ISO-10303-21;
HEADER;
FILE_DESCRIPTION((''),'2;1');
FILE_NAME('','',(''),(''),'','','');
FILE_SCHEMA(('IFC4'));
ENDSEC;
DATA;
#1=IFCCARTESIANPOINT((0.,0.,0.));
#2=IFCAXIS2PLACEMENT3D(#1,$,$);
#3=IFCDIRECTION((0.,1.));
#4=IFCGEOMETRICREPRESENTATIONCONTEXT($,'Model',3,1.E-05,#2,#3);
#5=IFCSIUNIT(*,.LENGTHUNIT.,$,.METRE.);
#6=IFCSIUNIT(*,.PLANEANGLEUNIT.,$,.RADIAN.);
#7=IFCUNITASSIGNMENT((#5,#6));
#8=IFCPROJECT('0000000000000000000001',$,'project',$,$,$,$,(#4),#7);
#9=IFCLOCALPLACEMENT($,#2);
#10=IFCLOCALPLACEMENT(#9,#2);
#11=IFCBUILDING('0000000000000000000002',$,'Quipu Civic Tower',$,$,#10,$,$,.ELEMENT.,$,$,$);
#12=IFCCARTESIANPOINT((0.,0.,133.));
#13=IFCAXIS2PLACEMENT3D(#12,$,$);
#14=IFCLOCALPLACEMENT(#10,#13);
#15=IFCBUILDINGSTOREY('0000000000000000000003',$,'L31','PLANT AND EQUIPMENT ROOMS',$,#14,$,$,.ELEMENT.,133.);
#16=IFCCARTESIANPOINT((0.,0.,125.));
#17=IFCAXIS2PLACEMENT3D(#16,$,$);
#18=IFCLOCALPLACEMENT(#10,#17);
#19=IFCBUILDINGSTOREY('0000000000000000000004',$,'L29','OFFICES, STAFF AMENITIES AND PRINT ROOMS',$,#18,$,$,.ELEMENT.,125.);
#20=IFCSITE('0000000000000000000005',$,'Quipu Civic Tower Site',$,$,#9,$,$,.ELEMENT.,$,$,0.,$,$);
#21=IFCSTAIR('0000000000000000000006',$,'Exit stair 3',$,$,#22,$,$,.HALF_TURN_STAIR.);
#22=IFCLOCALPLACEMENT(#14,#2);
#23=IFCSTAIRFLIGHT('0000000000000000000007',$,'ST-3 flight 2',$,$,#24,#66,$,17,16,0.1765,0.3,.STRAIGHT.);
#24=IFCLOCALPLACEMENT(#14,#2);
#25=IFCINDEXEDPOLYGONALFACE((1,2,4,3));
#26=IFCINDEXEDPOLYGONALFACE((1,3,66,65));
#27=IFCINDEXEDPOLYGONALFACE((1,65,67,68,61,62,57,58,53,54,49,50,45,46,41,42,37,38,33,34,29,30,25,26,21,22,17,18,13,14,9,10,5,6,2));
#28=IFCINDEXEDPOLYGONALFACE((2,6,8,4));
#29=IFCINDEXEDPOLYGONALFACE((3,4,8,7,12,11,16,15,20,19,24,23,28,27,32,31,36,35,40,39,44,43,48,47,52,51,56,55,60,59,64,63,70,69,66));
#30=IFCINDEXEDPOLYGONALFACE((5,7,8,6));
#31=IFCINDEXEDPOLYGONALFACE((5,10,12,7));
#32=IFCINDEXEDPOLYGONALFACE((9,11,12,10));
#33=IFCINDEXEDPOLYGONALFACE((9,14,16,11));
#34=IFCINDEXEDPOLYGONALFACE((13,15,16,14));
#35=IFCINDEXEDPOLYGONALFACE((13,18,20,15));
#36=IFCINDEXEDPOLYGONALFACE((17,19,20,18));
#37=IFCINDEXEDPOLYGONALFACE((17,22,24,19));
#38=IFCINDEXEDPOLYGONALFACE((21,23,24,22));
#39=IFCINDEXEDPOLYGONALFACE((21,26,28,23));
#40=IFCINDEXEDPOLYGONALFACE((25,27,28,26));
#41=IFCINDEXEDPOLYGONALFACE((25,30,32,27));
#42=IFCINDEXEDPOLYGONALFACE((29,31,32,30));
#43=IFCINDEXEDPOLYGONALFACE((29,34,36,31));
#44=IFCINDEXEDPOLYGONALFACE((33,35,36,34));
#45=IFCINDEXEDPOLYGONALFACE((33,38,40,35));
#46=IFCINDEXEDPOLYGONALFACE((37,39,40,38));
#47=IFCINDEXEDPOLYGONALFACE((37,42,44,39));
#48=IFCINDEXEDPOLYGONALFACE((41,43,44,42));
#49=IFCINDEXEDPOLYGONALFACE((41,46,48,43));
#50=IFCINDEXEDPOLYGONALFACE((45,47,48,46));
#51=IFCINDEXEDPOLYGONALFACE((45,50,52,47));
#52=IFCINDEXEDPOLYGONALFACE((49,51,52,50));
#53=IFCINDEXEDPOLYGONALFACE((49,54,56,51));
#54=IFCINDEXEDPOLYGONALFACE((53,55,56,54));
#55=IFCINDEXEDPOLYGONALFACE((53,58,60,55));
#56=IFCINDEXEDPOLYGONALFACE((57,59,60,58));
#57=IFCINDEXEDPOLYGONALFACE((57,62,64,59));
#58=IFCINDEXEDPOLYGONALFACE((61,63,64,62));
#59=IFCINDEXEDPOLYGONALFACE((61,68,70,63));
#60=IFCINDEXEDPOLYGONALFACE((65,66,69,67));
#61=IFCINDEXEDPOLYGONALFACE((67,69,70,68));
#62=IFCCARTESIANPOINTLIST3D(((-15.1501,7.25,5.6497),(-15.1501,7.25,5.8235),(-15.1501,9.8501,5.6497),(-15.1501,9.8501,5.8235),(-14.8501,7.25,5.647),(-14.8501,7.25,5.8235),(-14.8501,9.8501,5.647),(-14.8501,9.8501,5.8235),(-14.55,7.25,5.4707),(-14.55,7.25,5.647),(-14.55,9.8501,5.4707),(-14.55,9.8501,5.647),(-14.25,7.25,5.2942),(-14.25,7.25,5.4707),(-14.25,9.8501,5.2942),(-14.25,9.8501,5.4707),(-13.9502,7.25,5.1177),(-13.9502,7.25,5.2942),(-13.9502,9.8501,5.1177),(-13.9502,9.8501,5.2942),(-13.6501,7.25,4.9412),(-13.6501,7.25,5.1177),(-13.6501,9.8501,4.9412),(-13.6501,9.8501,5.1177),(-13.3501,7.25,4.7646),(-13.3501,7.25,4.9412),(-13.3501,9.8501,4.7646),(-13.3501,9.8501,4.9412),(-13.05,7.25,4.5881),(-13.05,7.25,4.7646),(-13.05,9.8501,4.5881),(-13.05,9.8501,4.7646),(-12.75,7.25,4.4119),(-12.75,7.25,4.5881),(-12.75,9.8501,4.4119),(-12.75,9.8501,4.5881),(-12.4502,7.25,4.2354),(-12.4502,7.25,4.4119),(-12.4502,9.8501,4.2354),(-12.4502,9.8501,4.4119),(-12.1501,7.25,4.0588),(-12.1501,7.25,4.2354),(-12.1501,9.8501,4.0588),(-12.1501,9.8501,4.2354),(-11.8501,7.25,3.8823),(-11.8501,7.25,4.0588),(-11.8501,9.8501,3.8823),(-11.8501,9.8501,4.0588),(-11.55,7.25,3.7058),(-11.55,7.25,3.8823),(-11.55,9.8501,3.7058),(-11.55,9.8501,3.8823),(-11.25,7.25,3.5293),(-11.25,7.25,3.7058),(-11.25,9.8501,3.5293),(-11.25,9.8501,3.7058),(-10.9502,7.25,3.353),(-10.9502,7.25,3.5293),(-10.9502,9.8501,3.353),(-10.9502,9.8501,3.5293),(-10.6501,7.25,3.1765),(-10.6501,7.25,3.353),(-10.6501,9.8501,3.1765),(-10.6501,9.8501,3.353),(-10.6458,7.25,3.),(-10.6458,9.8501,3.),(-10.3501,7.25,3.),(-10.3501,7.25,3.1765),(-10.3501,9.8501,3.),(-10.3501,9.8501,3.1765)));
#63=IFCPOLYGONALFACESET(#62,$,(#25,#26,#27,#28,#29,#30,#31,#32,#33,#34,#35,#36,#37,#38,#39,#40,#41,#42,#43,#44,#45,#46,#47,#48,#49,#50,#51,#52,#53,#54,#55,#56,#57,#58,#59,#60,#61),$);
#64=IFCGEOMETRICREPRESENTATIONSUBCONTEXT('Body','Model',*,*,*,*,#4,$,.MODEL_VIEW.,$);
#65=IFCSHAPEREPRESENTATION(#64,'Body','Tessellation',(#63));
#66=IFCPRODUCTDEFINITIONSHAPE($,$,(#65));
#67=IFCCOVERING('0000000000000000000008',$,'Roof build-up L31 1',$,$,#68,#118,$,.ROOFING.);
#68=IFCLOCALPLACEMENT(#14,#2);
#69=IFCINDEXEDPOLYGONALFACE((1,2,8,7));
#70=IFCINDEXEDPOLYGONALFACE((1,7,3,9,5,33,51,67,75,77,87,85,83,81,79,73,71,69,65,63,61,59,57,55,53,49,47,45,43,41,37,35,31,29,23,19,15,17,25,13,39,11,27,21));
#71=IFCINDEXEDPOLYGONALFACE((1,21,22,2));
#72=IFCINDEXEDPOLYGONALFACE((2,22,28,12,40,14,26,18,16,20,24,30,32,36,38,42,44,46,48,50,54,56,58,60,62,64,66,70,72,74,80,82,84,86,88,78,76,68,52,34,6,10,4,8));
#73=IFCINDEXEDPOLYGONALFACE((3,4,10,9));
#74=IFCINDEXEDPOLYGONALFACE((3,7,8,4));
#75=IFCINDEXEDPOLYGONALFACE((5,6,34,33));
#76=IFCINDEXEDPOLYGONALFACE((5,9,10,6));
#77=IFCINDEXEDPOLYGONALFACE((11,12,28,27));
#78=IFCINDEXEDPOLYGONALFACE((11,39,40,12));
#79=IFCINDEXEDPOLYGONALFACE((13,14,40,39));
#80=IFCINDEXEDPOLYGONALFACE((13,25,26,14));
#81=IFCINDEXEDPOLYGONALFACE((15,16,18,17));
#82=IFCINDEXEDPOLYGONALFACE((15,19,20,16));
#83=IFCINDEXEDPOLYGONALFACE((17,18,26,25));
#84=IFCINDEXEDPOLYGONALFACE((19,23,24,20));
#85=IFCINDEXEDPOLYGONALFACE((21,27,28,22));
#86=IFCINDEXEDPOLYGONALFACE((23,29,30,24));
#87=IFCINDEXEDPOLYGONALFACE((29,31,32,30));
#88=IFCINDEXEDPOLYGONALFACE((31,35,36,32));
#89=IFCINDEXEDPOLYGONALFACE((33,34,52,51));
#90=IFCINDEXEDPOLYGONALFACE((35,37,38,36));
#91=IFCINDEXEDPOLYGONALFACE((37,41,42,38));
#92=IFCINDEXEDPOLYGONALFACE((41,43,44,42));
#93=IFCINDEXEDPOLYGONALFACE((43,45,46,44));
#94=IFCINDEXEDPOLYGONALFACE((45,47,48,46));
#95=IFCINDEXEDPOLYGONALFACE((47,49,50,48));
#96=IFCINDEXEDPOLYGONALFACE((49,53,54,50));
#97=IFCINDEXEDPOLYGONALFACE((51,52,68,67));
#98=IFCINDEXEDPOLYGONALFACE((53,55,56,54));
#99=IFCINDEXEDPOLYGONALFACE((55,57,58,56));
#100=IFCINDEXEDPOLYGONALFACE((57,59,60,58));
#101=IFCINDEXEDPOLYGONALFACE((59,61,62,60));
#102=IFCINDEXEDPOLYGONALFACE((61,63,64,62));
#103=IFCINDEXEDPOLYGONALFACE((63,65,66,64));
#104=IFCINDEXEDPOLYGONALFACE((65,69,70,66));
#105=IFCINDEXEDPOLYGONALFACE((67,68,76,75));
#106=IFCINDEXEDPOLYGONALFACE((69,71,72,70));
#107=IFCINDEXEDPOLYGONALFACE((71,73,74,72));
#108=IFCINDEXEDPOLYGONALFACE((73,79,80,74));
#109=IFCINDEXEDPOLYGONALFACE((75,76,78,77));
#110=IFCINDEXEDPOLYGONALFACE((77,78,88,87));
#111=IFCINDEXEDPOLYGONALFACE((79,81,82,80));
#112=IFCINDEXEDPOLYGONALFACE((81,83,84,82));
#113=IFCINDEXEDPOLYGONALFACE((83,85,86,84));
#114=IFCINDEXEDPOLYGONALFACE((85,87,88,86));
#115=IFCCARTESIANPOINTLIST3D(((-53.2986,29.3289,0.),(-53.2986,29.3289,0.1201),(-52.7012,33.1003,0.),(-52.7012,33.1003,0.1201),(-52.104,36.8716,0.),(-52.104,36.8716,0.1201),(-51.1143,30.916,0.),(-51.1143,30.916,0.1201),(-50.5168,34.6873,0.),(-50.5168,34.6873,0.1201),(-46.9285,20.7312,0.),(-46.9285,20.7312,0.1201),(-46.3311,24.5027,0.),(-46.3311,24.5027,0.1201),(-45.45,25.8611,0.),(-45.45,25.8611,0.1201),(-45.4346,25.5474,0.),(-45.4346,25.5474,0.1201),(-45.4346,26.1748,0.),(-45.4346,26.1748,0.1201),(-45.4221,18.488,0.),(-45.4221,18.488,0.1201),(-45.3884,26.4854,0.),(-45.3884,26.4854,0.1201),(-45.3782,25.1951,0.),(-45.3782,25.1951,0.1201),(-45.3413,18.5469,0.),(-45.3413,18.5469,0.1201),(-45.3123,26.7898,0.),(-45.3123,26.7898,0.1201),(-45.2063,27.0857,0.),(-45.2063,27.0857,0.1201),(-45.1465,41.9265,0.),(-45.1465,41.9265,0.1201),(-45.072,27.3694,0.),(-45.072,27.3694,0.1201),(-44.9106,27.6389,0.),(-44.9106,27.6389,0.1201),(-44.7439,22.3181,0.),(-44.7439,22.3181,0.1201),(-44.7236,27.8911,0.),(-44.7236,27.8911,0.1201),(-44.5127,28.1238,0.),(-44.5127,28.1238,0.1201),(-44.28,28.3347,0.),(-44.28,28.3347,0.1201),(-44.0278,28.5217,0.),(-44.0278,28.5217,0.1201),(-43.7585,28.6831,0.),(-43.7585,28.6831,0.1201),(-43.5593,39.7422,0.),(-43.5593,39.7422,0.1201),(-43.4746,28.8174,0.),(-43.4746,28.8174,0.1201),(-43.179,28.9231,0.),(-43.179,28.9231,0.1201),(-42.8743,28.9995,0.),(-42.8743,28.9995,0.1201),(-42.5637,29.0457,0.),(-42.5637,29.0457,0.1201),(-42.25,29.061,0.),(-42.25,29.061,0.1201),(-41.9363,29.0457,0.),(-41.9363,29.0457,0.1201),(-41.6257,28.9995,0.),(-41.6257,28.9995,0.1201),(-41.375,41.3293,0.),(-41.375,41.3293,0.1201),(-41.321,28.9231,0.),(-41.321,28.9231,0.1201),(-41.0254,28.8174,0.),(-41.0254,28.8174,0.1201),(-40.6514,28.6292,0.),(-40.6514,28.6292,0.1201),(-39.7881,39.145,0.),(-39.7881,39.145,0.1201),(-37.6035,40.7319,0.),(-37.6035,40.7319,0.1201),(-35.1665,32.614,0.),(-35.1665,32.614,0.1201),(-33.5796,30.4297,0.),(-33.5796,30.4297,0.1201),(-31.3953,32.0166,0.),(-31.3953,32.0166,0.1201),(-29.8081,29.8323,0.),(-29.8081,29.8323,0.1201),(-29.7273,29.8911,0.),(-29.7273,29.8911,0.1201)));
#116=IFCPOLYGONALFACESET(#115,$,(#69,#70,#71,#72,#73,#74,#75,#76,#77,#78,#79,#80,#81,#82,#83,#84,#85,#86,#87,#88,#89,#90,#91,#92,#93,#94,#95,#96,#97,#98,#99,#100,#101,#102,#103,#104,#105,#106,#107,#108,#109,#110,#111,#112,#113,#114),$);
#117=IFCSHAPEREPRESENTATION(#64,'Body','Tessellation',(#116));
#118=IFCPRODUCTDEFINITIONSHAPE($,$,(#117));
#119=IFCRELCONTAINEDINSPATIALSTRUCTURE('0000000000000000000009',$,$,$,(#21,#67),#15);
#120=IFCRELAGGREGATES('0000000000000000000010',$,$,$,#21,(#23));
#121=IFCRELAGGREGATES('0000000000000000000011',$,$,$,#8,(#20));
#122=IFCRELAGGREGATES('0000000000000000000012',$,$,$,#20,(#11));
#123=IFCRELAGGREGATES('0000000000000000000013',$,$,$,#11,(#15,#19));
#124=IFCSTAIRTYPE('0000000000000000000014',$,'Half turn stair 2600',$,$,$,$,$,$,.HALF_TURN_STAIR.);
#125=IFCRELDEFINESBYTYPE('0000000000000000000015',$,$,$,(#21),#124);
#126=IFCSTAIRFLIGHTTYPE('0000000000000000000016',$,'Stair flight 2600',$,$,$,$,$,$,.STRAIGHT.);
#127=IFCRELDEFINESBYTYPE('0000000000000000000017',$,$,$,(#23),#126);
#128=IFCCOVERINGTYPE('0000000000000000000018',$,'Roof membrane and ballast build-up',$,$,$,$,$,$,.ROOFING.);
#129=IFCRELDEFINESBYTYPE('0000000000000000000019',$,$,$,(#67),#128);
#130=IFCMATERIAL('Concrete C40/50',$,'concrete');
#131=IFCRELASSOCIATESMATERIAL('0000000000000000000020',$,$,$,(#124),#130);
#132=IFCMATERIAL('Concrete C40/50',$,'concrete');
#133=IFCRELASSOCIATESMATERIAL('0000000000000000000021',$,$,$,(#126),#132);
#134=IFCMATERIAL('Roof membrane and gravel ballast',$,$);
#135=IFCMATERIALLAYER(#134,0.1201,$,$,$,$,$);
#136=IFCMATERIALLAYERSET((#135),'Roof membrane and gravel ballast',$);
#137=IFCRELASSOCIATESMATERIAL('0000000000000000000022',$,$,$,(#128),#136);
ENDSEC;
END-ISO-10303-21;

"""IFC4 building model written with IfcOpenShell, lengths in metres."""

from ifc_helpers import new_model, si_unit, direction, frame, origin, place, context, subcontext, project, spatial, polyline, outline, extrude, material, layer, layer_set, type_object, element, aggregate, save


model = new_model("IFC4")

# Units and contexts
model_context = context("Model", 3, precision=1e-05, world=origin(), true_north=direction((0.0, 1.0)))
body_context = subcontext(model_context, "Body", "Model", "MODEL_VIEW")
ifc_project = project(units=[si_unit("LENGTHUNIT", "METRE"), si_unit("PLANEANGLEUNIT", "RADIAN")], contexts=[model_context])

# Site, building, storey
site_placement = place(None, origin())
site = spatial("IfcSite", under=ifc_project, at=site_placement, Name="Quipu Civic Tower Site", CompositionType="ELEMENT", RefElevation=0.0)
building_placement = place(site_placement, origin())
building = spatial("IfcBuilding", under=site, at=building_placement, Name="Quipu Civic Tower", CompositionType="ELEMENT")
storey_1_placement = place(building_placement, frame((0.0, 0.0, 133.0)))
storey_1 = spatial("IfcBuildingStorey", under=building, at=storey_1_placement, Name="L31", Description="PLANT AND EQUIPMENT ROOMS", CompositionType="ELEMENT", Elevation=133.0)

# Shared definitions
storey_2_placement = place(building_placement, frame((0.0, 0.0, 125.0)))
storey_2 = spatial("IfcBuildingStorey", under=building, at=storey_2_placement, Name="L29", Description="OFFICES, STAFF AMENITIES AND PRINT ROOMS", CompositionType="ELEMENT", Elevation=125.0)

# Stair, stair flight
ifc_material_1 = material(Name="Concrete C40/50", Category="concrete")
stair_type_1 = type_object("IfcStairType", Name="Half turn stair 2600", PredefinedType="HALF_TURN_STAIR", material=ifc_material_1)
stair_1_placement = place(storey_1_placement, origin())
stair_1 = element("IfcStair", 1, at=stair_1_placement, inside=storey_1, type_object=stair_type_1, Name="Exit stair 3", PredefinedType="HALF_TURN_STAIR")
ifc_material_2 = material(Name="Concrete C40/50", Category="concrete")
stair_flight_type = type_object("IfcStairFlightType", Name="Stair flight 2600", PredefinedType="STRAIGHT", material=ifc_material_2)
stair_flight_1_placement = place(storey_1_placement, frame((-10.3501, 8.55, 3.0), z_axis=(0.0, 0.0, 1.0), x_axis=(-1.0, 0.0, 0.0)))
stair_flight_1 = element("IfcStairFlight", 2, at=stair_flight_1_placement, type_object=stair_flight_type, Name="ST-3 flight 2", NumberOfRisers=17, NumberOfTreads=16, PredefinedType="STRAIGHT", RiserHeight=0.1765, TreadLength=0.3, context=body_context, shape_type="SweptSolid", body=[
    extrude(outline(polyline([(0.0, 0.0), (0.0, 0.1765), (0.3, 0.1765), (0.3, 0.353), (0.6001, 0.353), (0.6001, 0.5293), (0.8999, 0.5293), (0.8999, 0.7058), (1.2, 0.7058), (1.2, 0.8823), (1.5, 0.8823), (1.5, 1.0588), (1.8, 1.0588), (1.8, 1.2354), (2.1001, 1.2354), (2.1001, 1.4119), (2.3999, 1.4119), (2.3999, 1.5881), (2.7, 1.5881), (2.7, 1.7646), (3.0, 1.7646), (3.0, 1.9412), (3.3, 1.9412), (3.3, 2.1177), (3.6001, 2.1177), (3.6001, 2.2942), (3.8999, 2.2942), (3.8999, 2.4707), (4.2, 2.4707), (4.2, 2.647), (4.5, 2.647), (4.5, 2.8235), (4.8, 2.8235), (4.8, 3.0), (4.8, 2.6497), (0.2957, 0.0), (0.0, 0.0)])), frame((0.0, 1.3, 0.0), z_axis=(0.0, -1.0, 0.0), x_axis=(1.0, 0.0, 0.0)), (0.0, 0.0, 1.0), 2.6001),
])
aggregate(stair_1, [stair_flight_1])

# Covering
ifc_material_3 = material(Name="Roof membrane and gravel ballast")
ifc_layer_1 = layer(ifc_material_3, 0.1201)
ifc_layer_set_1 = layer_set([ifc_layer_1], Name="Roof membrane and gravel ballast")
covering_type = type_object("IfcCoveringType", Name="Roof membrane and ballast build-up", PredefinedType="ROOFING", material=ifc_layer_set_1)
covering_placement = place(storey_1_placement, origin())
element("IfcCovering", 3, at=covering_placement, inside=storey_1, type_object=covering_type, Name="Roof build-up L31 1", PredefinedType="ROOFING", context=body_context, shape_type="SweptSolid", body=[
    extrude(outline(polyline([(-51.1143, 30.916), (-52.7012, 33.1003), (-50.5168, 34.6873), (-52.104, 36.8716), (-45.1465, 41.9265), (-43.5593, 39.7422), (-41.375, 41.3293), (-39.7881, 39.145), (-37.6035, 40.7319), (-29.7273, 29.8911), (-29.8081, 29.8323), (-31.3953, 32.0166), (-33.5796, 30.4297), (-35.1665, 32.614), (-40.6514, 28.6292), (-41.0254, 28.8174), (-41.321, 28.9231), (-41.6257, 28.9995), (-41.9363, 29.0457), (-42.25, 29.061), (-42.5637, 29.0457), (-42.8743, 28.9995), (-43.179, 28.9231), (-43.4746, 28.8174), (-43.7585, 28.6831), (-44.0278, 28.5217), (-44.28, 28.3347), (-44.5127, 28.1238), (-44.7236, 27.8911), (-44.9106, 27.6389), (-45.072, 27.3694), (-45.2063, 27.0857), (-45.3123, 26.7898), (-45.3884, 26.4854), (-45.4346, 26.1748), (-45.45, 25.8611), (-45.4346, 25.5474), (-45.3782, 25.1951), (-46.3311, 24.5027), (-44.7439, 22.3181), (-46.9285, 20.7312), (-45.3413, 18.5469), (-45.4221, 18.488), (-53.2986, 29.3289), (-51.1143, 30.916)])), origin(), (0.0, 0.0, 1.0), 0.1201),
])

save(model, "model.ifc")
